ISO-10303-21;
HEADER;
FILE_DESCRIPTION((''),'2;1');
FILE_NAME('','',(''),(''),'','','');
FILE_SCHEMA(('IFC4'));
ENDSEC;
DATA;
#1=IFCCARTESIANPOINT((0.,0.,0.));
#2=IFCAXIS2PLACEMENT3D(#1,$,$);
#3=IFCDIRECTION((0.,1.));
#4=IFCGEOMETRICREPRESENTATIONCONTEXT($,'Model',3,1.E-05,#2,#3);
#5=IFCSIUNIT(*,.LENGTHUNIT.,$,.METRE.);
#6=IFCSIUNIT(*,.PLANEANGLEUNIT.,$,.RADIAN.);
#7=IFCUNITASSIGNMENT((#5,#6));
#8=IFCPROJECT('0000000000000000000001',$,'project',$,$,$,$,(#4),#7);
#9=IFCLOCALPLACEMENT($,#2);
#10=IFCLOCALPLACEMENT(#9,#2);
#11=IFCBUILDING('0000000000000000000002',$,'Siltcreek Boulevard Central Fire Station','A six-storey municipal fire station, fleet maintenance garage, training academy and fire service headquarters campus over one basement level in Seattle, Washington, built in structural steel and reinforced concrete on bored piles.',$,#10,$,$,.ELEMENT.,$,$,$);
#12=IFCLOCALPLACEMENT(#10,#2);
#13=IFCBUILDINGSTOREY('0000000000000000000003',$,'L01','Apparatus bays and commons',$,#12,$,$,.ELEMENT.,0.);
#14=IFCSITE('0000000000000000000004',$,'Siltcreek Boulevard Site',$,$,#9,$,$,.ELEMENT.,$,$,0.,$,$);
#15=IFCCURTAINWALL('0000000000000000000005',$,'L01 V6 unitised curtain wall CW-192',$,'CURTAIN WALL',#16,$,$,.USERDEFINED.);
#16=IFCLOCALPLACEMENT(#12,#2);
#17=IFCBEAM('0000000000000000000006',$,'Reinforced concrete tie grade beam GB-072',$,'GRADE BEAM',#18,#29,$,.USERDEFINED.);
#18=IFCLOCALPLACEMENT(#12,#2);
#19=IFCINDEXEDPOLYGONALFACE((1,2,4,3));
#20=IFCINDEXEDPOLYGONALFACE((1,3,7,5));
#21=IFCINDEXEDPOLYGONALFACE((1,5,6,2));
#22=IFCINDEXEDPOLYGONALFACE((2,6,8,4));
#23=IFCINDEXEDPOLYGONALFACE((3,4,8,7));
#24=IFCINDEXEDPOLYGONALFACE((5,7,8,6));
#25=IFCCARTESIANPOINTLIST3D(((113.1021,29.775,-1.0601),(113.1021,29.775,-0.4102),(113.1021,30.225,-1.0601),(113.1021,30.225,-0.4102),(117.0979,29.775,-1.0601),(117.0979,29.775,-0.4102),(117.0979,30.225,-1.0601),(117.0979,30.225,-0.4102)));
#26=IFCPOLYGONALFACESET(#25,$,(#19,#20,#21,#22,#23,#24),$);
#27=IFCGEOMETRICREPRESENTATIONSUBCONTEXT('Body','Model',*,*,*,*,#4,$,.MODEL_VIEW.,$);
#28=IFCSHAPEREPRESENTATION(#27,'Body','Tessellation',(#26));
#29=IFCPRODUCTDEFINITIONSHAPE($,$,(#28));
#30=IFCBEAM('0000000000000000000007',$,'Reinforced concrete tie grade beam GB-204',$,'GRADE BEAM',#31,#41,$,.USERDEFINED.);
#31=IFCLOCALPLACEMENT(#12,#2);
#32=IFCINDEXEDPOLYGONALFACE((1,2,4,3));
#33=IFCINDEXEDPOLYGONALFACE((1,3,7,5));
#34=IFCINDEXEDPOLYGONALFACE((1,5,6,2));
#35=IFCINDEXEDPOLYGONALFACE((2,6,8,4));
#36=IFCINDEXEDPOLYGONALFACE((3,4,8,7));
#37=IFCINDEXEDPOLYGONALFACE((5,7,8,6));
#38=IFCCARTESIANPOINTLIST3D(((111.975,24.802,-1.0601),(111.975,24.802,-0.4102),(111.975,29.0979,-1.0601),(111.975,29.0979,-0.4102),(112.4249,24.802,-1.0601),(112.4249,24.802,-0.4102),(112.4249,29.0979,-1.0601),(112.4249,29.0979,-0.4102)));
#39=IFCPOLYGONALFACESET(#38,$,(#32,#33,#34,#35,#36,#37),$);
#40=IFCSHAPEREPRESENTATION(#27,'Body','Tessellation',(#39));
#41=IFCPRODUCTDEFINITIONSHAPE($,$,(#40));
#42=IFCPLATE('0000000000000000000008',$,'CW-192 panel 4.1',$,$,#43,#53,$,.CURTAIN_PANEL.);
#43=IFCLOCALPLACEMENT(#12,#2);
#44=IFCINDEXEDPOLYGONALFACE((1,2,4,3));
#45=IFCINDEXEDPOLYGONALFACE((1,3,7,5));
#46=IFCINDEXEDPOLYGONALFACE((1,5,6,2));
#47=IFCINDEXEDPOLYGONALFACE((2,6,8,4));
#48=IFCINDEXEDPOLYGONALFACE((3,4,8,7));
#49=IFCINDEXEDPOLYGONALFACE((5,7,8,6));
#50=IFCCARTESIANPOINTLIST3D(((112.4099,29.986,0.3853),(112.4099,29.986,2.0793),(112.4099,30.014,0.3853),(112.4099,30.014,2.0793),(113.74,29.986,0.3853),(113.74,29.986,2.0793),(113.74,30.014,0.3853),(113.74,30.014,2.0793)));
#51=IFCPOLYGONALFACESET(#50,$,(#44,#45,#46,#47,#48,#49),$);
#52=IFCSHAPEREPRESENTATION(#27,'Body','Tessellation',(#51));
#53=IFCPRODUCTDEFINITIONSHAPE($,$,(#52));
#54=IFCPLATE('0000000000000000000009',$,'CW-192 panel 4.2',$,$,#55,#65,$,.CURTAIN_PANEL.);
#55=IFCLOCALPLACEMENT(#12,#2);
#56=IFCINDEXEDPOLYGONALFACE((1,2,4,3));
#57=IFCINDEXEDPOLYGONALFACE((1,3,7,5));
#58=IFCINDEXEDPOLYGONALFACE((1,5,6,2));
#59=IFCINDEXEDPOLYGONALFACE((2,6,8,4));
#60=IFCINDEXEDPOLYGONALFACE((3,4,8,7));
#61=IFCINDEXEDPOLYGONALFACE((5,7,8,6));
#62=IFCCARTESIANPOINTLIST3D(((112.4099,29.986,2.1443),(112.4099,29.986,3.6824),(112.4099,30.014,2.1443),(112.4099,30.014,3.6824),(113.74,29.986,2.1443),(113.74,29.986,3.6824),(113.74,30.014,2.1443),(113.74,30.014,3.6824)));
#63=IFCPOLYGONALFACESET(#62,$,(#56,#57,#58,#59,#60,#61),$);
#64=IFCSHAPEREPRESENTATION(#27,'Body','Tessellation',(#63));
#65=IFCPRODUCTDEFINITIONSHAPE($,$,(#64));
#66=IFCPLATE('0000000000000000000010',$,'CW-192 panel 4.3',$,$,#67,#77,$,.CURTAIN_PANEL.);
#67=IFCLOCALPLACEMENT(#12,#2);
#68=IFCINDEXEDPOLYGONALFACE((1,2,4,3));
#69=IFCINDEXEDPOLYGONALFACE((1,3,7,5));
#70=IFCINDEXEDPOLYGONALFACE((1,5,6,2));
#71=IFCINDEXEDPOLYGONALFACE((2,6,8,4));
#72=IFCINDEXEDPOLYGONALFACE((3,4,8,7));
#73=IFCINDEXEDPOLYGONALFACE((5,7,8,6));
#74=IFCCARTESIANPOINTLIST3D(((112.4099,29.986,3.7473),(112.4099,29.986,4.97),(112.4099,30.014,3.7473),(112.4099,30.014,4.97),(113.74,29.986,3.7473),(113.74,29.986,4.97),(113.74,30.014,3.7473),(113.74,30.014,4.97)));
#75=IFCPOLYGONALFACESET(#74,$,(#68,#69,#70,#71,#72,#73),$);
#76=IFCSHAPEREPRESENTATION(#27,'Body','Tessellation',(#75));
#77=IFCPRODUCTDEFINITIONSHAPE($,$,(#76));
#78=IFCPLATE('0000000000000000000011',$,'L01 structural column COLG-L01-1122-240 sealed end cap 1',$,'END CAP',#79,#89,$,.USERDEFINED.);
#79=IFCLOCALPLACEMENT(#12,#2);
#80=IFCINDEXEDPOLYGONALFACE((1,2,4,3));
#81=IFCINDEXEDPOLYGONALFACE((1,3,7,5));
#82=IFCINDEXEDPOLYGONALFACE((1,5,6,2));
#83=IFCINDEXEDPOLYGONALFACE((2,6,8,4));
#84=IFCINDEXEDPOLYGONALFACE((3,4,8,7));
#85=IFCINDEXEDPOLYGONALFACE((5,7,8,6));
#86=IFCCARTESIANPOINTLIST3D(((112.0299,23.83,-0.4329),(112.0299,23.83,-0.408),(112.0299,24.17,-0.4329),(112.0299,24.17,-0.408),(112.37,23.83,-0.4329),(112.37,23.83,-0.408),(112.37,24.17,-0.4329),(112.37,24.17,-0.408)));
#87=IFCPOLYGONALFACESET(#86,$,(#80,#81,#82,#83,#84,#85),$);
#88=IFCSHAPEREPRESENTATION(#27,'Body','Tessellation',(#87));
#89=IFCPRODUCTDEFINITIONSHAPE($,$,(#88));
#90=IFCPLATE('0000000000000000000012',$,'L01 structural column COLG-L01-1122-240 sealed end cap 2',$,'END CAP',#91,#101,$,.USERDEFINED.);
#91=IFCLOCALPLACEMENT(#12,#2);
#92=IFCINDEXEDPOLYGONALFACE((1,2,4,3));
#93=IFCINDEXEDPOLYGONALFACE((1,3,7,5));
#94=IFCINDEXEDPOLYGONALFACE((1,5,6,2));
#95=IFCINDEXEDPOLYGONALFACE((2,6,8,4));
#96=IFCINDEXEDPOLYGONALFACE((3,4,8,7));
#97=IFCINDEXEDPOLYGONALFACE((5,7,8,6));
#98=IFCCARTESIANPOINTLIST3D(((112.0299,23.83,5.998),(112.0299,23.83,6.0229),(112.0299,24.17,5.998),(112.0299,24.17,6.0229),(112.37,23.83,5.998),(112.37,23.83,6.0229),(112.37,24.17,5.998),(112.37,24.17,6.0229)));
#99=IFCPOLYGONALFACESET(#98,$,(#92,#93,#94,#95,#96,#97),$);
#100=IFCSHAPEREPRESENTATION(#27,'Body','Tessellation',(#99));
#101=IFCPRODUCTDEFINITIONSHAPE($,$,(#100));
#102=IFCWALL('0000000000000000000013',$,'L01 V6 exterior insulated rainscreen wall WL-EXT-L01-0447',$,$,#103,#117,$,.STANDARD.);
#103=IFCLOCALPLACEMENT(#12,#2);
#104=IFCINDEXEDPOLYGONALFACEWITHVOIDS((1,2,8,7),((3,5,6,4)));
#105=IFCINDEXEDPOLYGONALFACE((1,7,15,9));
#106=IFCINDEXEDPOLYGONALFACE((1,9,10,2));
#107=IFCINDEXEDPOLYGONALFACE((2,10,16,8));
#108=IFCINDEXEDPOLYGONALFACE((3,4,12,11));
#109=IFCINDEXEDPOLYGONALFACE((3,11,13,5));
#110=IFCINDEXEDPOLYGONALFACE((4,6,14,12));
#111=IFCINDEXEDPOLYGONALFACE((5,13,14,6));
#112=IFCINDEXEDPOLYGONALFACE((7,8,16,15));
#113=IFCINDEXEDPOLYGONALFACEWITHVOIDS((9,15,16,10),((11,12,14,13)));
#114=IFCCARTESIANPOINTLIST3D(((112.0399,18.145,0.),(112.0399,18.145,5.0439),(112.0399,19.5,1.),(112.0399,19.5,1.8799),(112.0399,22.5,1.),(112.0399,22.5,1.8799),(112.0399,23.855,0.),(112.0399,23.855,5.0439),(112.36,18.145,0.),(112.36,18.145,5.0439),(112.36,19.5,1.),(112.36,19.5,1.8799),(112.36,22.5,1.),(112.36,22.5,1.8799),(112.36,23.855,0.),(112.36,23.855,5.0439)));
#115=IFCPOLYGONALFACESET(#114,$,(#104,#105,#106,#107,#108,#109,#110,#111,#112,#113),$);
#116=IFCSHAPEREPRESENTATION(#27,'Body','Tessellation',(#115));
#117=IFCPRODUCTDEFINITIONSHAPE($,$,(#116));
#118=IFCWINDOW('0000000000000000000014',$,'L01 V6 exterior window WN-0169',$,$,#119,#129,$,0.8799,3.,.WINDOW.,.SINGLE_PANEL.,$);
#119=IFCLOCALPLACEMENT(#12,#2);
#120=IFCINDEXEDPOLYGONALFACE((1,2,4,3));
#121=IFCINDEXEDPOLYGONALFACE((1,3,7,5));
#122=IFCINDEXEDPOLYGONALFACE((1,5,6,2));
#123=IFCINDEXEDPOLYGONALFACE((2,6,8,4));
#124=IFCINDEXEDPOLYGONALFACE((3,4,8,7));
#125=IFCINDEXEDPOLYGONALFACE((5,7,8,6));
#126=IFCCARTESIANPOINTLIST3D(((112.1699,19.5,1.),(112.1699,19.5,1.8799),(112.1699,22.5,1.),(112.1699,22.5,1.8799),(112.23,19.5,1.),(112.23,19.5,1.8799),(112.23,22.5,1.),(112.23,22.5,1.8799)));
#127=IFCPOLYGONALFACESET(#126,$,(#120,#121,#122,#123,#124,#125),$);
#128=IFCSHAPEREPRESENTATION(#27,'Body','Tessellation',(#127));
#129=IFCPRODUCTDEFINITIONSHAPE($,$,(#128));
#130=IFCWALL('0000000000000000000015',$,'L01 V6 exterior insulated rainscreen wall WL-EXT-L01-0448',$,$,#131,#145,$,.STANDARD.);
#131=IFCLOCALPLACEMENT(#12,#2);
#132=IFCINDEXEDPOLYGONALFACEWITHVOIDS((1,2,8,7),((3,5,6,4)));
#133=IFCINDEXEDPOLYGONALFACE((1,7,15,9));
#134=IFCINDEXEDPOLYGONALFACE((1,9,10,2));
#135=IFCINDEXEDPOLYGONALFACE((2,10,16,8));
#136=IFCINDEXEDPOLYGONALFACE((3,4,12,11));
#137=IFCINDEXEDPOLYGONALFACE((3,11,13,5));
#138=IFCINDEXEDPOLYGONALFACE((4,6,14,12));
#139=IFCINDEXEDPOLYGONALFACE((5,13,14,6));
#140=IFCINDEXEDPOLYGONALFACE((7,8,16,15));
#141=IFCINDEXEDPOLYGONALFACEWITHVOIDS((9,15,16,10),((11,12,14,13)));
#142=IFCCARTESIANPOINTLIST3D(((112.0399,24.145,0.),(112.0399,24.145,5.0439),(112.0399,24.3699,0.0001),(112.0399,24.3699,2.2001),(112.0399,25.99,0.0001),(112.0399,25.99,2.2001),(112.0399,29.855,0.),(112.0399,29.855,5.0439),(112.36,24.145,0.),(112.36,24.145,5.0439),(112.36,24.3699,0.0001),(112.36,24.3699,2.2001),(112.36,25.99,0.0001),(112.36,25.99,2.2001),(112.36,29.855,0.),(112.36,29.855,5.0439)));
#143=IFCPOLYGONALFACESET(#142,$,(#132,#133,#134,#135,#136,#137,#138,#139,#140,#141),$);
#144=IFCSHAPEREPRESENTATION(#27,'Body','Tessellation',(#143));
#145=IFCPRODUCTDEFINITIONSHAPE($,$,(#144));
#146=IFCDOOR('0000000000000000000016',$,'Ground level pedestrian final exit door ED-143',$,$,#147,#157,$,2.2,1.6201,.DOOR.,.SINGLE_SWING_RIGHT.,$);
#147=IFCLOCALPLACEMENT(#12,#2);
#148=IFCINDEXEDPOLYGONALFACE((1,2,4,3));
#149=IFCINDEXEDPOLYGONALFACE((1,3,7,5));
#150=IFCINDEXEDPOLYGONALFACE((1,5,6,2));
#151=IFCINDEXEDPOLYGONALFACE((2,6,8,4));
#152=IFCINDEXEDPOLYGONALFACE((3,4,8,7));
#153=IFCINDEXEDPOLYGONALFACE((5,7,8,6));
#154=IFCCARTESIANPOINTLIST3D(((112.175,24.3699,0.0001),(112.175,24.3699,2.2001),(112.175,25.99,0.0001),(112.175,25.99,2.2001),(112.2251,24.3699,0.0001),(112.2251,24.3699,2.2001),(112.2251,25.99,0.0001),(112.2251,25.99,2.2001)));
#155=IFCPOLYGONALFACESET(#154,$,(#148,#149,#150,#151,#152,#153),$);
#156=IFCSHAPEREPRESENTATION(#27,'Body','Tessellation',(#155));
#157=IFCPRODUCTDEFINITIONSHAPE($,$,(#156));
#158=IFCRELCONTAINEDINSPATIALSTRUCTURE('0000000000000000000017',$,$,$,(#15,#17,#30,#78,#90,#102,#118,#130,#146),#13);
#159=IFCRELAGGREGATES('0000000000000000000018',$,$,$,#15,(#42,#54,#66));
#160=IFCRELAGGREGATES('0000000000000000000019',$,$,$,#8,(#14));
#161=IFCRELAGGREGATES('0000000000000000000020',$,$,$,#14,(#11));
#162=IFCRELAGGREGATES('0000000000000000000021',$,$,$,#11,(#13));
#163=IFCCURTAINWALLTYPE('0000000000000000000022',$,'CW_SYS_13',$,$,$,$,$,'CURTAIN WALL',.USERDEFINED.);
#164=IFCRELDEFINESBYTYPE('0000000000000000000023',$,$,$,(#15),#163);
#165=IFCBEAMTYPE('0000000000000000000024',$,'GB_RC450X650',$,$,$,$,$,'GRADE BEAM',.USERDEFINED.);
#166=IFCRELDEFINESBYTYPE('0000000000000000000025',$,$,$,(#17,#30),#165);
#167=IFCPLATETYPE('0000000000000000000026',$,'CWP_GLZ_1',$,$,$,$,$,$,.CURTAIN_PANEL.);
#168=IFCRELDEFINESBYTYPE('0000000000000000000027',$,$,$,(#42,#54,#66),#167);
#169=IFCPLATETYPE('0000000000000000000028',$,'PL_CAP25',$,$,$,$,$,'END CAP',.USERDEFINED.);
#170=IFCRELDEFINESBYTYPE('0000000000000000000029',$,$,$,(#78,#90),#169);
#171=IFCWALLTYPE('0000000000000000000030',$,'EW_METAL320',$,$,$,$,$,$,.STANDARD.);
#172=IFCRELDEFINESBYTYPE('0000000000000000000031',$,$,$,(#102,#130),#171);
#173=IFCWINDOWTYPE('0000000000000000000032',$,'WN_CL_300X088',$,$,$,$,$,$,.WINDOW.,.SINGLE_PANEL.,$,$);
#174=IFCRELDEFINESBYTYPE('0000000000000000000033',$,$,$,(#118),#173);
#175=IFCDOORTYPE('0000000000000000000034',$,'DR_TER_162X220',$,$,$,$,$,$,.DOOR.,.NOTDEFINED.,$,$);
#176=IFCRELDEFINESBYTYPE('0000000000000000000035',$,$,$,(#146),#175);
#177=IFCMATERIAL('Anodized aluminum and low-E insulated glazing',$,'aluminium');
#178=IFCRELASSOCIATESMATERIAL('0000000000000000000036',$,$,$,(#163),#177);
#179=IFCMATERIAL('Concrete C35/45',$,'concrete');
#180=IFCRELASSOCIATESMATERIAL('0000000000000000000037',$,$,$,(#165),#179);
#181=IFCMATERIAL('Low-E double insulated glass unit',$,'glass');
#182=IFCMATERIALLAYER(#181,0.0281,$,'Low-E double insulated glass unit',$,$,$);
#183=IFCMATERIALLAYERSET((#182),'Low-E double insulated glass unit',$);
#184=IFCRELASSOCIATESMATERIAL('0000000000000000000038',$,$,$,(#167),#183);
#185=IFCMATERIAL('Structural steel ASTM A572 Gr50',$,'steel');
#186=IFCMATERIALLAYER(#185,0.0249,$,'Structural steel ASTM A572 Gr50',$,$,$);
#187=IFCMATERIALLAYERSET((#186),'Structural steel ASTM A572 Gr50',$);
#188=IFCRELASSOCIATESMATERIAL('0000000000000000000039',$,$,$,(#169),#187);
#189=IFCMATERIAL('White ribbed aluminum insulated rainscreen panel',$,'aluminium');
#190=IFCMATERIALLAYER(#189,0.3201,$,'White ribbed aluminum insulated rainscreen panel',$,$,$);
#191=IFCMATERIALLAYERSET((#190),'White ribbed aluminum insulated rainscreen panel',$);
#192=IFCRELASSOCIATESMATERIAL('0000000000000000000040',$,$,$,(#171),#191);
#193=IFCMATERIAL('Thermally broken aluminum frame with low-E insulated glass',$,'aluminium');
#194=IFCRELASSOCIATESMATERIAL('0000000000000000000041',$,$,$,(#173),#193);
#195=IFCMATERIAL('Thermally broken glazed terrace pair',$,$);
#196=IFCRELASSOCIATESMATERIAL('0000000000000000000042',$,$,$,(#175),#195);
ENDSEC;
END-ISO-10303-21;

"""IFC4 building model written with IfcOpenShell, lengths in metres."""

from ifc_helpers import new_model, si_unit, direction, frame, frame_2d, origin, origin_2d, place, context, subcontext, project, spatial, rectangle, extrude, material, layer, layer_set, material_profile, profile_set, type_object, element, fill, aggregate, save


model = new_model("IFC4")

# Units and contexts
model_context = context("Model", 3, precision=1e-05, world=origin(), true_north=direction((0.0, 1.0)))
body_context = subcontext(model_context, "Body", "Model", "MODEL_VIEW")
ifc_project = project(units=[si_unit("LENGTHUNIT", "METRE"), si_unit("PLANEANGLEUNIT", "RADIAN")], contexts=[model_context])

# Site, building, storey
site_placement = place(None, origin())
site = spatial("IfcSite", under=ifc_project, at=site_placement, Name="Siltcreek Boulevard Site", CompositionType="ELEMENT", RefElevation=0.0)
building_placement = place(site_placement, origin())
building = spatial("IfcBuilding", under=site, at=building_placement, Name="Siltcreek Boulevard Central Fire Station", Description="A six-storey municipal fire station, fleet maintenance garage, training academy and fire service headquarters campus over one basement level in Seattle, Washington, built in structural steel and reinforced concrete on bored piles.", CompositionType="ELEMENT")
storey_placement = place(building_placement, origin())
storey = spatial("IfcBuildingStorey", under=building, at=storey_placement, Name="L01", Description="Apparatus bays and commons", CompositionType="ELEMENT", Elevation=0.0)

# Shared definitions
ifc_material_1 = material(Name="Concrete C35/45", Category="concrete")

# Curtain wall
ifc_material_2 = material(Name="Anodized aluminum and low-E insulated glazing", Category="aluminium")
curtain_wall_type = type_object("IfcCurtainWallType", Name="CW_SYS_13", ElementType="CURTAIN WALL", PredefinedType="USERDEFINED", material=ifc_material_2)
curtain_wall_placement = place(storey_placement, origin())
curtain_wall = element("IfcCurtainWall", 1, at=curtain_wall_placement, inside=storey, type_object=curtain_wall_type, Name="L01 V6 unitised curtain wall CW-192", ObjectType="CURTAIN WALL", PredefinedType="USERDEFINED")

# Beams
ifc_material_profile_1 = material_profile(ifc_material_1, rectangle(XDim=0.45, YDim=0.6499, at=origin_2d()), Name="RC450X650")
ifc_profile_set_1 = profile_set([ifc_material_profile_1], Name="Concrete C35/45")
beam_type_1 = type_object("IfcBeamType", Name="GB_RC450X650", ElementType="GRADE BEAM", PredefinedType="USERDEFINED", material=ifc_profile_set_1)
beam_1_placement = place(storey_placement, frame((113.1021, 30.0, -0.7351), z_axis=(1.0, 0.0, 0.0), x_axis=(0.0, 1.0, 0.0)))
element("IfcBeam", 2, at=beam_1_placement, inside=storey, type_object=beam_type_1, Name="Reinforced concrete tie grade beam GB-072", ObjectType="GRADE BEAM", PredefinedType="USERDEFINED", context=body_context, shape_type="SweptSolid", body=[
    extrude(rectangle(XDim=0.45, YDim=0.6499, at=origin_2d()), origin(), (0.0, 0.0, 1.0), 3.9958),
])
beam_2_placement = place(storey_placement, frame((112.2, 24.802, -0.7351), z_axis=(0.0, 1.0, 0.0), x_axis=(-1.0, 0.0, 0.0)))
element("IfcBeam", 3, at=beam_2_placement, inside=storey, type_object=beam_type_1, Name="Reinforced concrete tie grade beam GB-204", ObjectType="GRADE BEAM", PredefinedType="USERDEFINED", context=body_context, shape_type="SweptSolid", body=[
    extrude(rectangle(XDim=0.45, YDim=0.6499, at=origin_2d()), origin(), (0.0, 0.0, 1.0), 4.2959),
])

# Plates
ifc_material_3 = material(Name="Low-E double insulated glass unit", Category="glass")
ifc_layer_1 = layer(ifc_material_3, 0.0281, Name="Low-E double insulated glass unit")
ifc_layer_set_1 = layer_set([ifc_layer_1], Name="Low-E double insulated glass unit")
plate_type_1 = type_object("IfcPlateType", Name="CWP_GLZ_1", PredefinedType="CURTAIN_PANEL", material=ifc_layer_set_1)
plate_1_placement = place(storey_placement, frame((113.075, 30.0, 0.3853), z_axis=(0.0, 0.0, 1.0), x_axis=(-1.0, 0.0, 0.0)))
plate_1 = element("IfcPlate", 4, at=plate_1_placement, type_object=plate_type_1, Name="CW-192 panel 4.1", PredefinedType="CURTAIN_PANEL", context=body_context, shape_type="SweptSolid", body=[
    extrude(rectangle(XDim=1.3301, YDim=0.0281, at=origin_2d()), origin(), (0.0, 0.0, 1.0), 1.6941),
])
plate_2_placement = place(storey_placement, frame((113.075, 30.0, 2.1443), z_axis=(0.0, 0.0, 1.0), x_axis=(-1.0, 0.0, 0.0)))
plate_2 = element("IfcPlate", 5, at=plate_2_placement, type_object=plate_type_1, Name="CW-192 panel 4.2", PredefinedType="CURTAIN_PANEL", context=body_context, shape_type="SweptSolid", body=[
    extrude(rectangle(XDim=1.3301, YDim=0.0281, at=origin_2d()), origin(), (0.0, 0.0, 1.0), 1.5381),
])
plate_3_placement = place(storey_placement, frame((113.075, 30.0, 3.7473), z_axis=(0.0, 0.0, 1.0), x_axis=(-1.0, 0.0, 0.0)))
plate_3 = element("IfcPlate", 6, at=plate_3_placement, type_object=plate_type_1, Name="CW-192 panel 4.3", PredefinedType="CURTAIN_PANEL", context=body_context, shape_type="SweptSolid", body=[
    extrude(rectangle(XDim=1.3301, YDim=0.0281, at=origin_2d()), origin(), (0.0, 0.0, 1.0), 1.2227),
])
aggregate(curtain_wall, [plate_1, plate_2, plate_3])

# Plates
ifc_material_4 = material(Name="Structural steel ASTM A572 Gr50", Category="steel")
ifc_layer_2 = layer(ifc_material_4, 0.0249, Name="Structural steel ASTM A572 Gr50")
ifc_layer_set_2 = layer_set([ifc_layer_2], Name="Structural steel ASTM A572 Gr50")
plate_type_2 = type_object("IfcPlateType", Name="PL_CAP25", ElementType="END CAP", PredefinedType="USERDEFINED", material=ifc_layer_set_2)
for number, where, z_axis, x_axis, name in (
    (7, (112.2, 24.0, -0.4329), (0.0, 0.0, 1.0), (1.0, 0.0, 0.0), "L01 structural column COLG-L01-1122-240 sealed end cap 1"),
    (8, (112.2, 24.0, 5.998), (0.0, 0.0, 1.0), (1.0, 0.0, 0.0), "L01 structural column COLG-L01-1122-240 sealed end cap 2"),
):
    element("IfcPlate", number, at=place(storey_placement, frame(where, z_axis=z_axis, x_axis=x_axis)), inside=storey, type_object=plate_type_2, Name=name, ObjectType="END CAP", PredefinedType="USERDEFINED", context=body_context, shape_type="SweptSolid", body=[
        extrude(rectangle(XDim=0.3401, YDim=0.3401, at=origin_2d()), origin(), (0.0, 0.0, 1.0), 0.0249),
    ])

# Wall, opening, window
ifc_material_5 = material(Name="White ribbed aluminum insulated rainscreen panel", Category="aluminium")
ifc_layer_3 = layer(ifc_material_5, 0.3201, Name="White ribbed aluminum insulated rainscreen panel")
ifc_layer_set_3 = layer_set([ifc_layer_3], Name="White ribbed aluminum insulated rainscreen panel")
wall_type_1 = type_object("IfcWallType", Name="EW_METAL320", PredefinedType="STANDARD", material=ifc_layer_set_3)
wall_1_placement = place(storey_placement, frame((112.2, 23.855, 0.0), z_axis=(0.0, 0.0, 1.0), x_axis=(0.0, -1.0, 0.0)))
wall_1 = element("IfcWall", 9, at=wall_1_placement, inside=storey, type_object=wall_type_1, Name="L01 V6 exterior insulated rainscreen wall WL-EXT-L01-0447", PredefinedType="STANDARD", context=body_context, shape_type="SweptSolid", body=[
    extrude(rectangle(XDim=5.71, YDim=0.3201, at=frame_2d((2.855, 0.0))), origin(), (0.0, 0.0, 1.0), 5.0439),
])
opening_1_placement = place(wall_1_placement, frame((1.355, 0.0, 1.0)))
opening_1 = element("IfcOpeningElement", 10, at=opening_1_placement, cuts=wall_1, PredefinedType="OPENING", context=body_context, shape_type="SweptSolid", body=[
    extrude(rectangle(XDim=3.0, YDim=0.8799, at=frame_2d((1.5, 0.4399))), frame((0.0, 0.1699, 0.0), z_axis=(0.0, -1.0, 0.0), x_axis=(1.0, 0.0, 0.0)), (0.0, 0.0, 1.0), 0.3401),
])
ifc_material_6 = material(Name="Thermally broken aluminum frame with low-E insulated glass", Category="aluminium")
window_type = type_object("IfcWindowType", Name="WN_CL_300X088", PartitioningType="SINGLE_PANEL", PredefinedType="WINDOW", material=ifc_material_6)
window_placement = place(opening_1_placement, origin())
window = element("IfcWindow", 11, at=window_placement, inside=storey, type_object=window_type, Name="L01 V6 exterior window WN-0169", OverallHeight=0.8799, OverallWidth=3.0, PartitioningType="SINGLE_PANEL", PredefinedType="WINDOW", context=body_context, shape_type="SweptSolid", body=[
    extrude(rectangle(XDim=3.0, YDim=0.8799, at=frame_2d((1.5, 0.4399))), frame((0.0, 0.03, 0.0), z_axis=(0.0, -1.0, 0.0), x_axis=(1.0, 0.0, 0.0)), (0.0, 0.0, 1.0), 0.0601),
])
fill(opening_1, window)

# Wall, opening, door
wall_2_placement = place(storey_placement, frame((112.2, 29.855, 0.0), z_axis=(0.0, 0.0, 1.0), x_axis=(0.0, -1.0, 0.0)))
wall_2 = element("IfcWall", 12, at=wall_2_placement, inside=storey, type_object=wall_type_1, Name="L01 V6 exterior insulated rainscreen wall WL-EXT-L01-0448", PredefinedType="STANDARD", context=body_context, shape_type="SweptSolid", body=[
    extrude(rectangle(XDim=5.71, YDim=0.3201, at=frame_2d((2.855, 0.0))), origin(), (0.0, 0.0, 1.0), 5.0439),
])
opening_2_placement = place(wall_2_placement, frame((3.865, 0.0, 0.0)))
opening_2 = element("IfcOpeningElement", 13, at=opening_2_placement, cuts=wall_2, PredefinedType="OPENING", context=body_context, shape_type="SweptSolid", body=[
    extrude(rectangle(XDim=1.6201, YDim=2.2, at=frame_2d((0.8101, 1.1001))), frame((0.0, 0.1699, 0.0), z_axis=(0.0, -1.0, 0.0), x_axis=(1.0, 0.0, 0.0)), (0.0, 0.0, 1.0), 0.3401),
])
ifc_material_7 = material(Name="Thermally broken glazed terrace pair")
door_type_1 = type_object("IfcDoorType", Name="DR_TER_162X220", OperationType="NOTDEFINED", PredefinedType="DOOR", material=ifc_material_7)
door_1_placement = place(opening_2_placement, frame((1.6201, 0.0, 0.0), z_axis=(0.0, 0.0, 1.0), x_axis=(-1.0, 0.0, 0.0)))
door_1 = element("IfcDoor", 14, at=door_1_placement, inside=storey, type_object=door_type_1, Name="Ground level pedestrian final exit door ED-143", OperationType="SINGLE_SWING_RIGHT", OverallHeight=2.2, OverallWidth=1.6201, PredefinedType="DOOR", context=body_context, shape_type="SweptSolid", body=[
    extrude(rectangle(XDim=1.6201, YDim=2.2, at=frame_2d((0.8101, 1.1001))), frame((0.0, 0.0249, 0.0), z_axis=(0.0, -1.0, 0.0), x_axis=(1.0, 0.0, 0.0)), (0.0, 0.0, 1.0), 0.05),
])
fill(opening_2, door_1)

save(model, "model.ifc")
